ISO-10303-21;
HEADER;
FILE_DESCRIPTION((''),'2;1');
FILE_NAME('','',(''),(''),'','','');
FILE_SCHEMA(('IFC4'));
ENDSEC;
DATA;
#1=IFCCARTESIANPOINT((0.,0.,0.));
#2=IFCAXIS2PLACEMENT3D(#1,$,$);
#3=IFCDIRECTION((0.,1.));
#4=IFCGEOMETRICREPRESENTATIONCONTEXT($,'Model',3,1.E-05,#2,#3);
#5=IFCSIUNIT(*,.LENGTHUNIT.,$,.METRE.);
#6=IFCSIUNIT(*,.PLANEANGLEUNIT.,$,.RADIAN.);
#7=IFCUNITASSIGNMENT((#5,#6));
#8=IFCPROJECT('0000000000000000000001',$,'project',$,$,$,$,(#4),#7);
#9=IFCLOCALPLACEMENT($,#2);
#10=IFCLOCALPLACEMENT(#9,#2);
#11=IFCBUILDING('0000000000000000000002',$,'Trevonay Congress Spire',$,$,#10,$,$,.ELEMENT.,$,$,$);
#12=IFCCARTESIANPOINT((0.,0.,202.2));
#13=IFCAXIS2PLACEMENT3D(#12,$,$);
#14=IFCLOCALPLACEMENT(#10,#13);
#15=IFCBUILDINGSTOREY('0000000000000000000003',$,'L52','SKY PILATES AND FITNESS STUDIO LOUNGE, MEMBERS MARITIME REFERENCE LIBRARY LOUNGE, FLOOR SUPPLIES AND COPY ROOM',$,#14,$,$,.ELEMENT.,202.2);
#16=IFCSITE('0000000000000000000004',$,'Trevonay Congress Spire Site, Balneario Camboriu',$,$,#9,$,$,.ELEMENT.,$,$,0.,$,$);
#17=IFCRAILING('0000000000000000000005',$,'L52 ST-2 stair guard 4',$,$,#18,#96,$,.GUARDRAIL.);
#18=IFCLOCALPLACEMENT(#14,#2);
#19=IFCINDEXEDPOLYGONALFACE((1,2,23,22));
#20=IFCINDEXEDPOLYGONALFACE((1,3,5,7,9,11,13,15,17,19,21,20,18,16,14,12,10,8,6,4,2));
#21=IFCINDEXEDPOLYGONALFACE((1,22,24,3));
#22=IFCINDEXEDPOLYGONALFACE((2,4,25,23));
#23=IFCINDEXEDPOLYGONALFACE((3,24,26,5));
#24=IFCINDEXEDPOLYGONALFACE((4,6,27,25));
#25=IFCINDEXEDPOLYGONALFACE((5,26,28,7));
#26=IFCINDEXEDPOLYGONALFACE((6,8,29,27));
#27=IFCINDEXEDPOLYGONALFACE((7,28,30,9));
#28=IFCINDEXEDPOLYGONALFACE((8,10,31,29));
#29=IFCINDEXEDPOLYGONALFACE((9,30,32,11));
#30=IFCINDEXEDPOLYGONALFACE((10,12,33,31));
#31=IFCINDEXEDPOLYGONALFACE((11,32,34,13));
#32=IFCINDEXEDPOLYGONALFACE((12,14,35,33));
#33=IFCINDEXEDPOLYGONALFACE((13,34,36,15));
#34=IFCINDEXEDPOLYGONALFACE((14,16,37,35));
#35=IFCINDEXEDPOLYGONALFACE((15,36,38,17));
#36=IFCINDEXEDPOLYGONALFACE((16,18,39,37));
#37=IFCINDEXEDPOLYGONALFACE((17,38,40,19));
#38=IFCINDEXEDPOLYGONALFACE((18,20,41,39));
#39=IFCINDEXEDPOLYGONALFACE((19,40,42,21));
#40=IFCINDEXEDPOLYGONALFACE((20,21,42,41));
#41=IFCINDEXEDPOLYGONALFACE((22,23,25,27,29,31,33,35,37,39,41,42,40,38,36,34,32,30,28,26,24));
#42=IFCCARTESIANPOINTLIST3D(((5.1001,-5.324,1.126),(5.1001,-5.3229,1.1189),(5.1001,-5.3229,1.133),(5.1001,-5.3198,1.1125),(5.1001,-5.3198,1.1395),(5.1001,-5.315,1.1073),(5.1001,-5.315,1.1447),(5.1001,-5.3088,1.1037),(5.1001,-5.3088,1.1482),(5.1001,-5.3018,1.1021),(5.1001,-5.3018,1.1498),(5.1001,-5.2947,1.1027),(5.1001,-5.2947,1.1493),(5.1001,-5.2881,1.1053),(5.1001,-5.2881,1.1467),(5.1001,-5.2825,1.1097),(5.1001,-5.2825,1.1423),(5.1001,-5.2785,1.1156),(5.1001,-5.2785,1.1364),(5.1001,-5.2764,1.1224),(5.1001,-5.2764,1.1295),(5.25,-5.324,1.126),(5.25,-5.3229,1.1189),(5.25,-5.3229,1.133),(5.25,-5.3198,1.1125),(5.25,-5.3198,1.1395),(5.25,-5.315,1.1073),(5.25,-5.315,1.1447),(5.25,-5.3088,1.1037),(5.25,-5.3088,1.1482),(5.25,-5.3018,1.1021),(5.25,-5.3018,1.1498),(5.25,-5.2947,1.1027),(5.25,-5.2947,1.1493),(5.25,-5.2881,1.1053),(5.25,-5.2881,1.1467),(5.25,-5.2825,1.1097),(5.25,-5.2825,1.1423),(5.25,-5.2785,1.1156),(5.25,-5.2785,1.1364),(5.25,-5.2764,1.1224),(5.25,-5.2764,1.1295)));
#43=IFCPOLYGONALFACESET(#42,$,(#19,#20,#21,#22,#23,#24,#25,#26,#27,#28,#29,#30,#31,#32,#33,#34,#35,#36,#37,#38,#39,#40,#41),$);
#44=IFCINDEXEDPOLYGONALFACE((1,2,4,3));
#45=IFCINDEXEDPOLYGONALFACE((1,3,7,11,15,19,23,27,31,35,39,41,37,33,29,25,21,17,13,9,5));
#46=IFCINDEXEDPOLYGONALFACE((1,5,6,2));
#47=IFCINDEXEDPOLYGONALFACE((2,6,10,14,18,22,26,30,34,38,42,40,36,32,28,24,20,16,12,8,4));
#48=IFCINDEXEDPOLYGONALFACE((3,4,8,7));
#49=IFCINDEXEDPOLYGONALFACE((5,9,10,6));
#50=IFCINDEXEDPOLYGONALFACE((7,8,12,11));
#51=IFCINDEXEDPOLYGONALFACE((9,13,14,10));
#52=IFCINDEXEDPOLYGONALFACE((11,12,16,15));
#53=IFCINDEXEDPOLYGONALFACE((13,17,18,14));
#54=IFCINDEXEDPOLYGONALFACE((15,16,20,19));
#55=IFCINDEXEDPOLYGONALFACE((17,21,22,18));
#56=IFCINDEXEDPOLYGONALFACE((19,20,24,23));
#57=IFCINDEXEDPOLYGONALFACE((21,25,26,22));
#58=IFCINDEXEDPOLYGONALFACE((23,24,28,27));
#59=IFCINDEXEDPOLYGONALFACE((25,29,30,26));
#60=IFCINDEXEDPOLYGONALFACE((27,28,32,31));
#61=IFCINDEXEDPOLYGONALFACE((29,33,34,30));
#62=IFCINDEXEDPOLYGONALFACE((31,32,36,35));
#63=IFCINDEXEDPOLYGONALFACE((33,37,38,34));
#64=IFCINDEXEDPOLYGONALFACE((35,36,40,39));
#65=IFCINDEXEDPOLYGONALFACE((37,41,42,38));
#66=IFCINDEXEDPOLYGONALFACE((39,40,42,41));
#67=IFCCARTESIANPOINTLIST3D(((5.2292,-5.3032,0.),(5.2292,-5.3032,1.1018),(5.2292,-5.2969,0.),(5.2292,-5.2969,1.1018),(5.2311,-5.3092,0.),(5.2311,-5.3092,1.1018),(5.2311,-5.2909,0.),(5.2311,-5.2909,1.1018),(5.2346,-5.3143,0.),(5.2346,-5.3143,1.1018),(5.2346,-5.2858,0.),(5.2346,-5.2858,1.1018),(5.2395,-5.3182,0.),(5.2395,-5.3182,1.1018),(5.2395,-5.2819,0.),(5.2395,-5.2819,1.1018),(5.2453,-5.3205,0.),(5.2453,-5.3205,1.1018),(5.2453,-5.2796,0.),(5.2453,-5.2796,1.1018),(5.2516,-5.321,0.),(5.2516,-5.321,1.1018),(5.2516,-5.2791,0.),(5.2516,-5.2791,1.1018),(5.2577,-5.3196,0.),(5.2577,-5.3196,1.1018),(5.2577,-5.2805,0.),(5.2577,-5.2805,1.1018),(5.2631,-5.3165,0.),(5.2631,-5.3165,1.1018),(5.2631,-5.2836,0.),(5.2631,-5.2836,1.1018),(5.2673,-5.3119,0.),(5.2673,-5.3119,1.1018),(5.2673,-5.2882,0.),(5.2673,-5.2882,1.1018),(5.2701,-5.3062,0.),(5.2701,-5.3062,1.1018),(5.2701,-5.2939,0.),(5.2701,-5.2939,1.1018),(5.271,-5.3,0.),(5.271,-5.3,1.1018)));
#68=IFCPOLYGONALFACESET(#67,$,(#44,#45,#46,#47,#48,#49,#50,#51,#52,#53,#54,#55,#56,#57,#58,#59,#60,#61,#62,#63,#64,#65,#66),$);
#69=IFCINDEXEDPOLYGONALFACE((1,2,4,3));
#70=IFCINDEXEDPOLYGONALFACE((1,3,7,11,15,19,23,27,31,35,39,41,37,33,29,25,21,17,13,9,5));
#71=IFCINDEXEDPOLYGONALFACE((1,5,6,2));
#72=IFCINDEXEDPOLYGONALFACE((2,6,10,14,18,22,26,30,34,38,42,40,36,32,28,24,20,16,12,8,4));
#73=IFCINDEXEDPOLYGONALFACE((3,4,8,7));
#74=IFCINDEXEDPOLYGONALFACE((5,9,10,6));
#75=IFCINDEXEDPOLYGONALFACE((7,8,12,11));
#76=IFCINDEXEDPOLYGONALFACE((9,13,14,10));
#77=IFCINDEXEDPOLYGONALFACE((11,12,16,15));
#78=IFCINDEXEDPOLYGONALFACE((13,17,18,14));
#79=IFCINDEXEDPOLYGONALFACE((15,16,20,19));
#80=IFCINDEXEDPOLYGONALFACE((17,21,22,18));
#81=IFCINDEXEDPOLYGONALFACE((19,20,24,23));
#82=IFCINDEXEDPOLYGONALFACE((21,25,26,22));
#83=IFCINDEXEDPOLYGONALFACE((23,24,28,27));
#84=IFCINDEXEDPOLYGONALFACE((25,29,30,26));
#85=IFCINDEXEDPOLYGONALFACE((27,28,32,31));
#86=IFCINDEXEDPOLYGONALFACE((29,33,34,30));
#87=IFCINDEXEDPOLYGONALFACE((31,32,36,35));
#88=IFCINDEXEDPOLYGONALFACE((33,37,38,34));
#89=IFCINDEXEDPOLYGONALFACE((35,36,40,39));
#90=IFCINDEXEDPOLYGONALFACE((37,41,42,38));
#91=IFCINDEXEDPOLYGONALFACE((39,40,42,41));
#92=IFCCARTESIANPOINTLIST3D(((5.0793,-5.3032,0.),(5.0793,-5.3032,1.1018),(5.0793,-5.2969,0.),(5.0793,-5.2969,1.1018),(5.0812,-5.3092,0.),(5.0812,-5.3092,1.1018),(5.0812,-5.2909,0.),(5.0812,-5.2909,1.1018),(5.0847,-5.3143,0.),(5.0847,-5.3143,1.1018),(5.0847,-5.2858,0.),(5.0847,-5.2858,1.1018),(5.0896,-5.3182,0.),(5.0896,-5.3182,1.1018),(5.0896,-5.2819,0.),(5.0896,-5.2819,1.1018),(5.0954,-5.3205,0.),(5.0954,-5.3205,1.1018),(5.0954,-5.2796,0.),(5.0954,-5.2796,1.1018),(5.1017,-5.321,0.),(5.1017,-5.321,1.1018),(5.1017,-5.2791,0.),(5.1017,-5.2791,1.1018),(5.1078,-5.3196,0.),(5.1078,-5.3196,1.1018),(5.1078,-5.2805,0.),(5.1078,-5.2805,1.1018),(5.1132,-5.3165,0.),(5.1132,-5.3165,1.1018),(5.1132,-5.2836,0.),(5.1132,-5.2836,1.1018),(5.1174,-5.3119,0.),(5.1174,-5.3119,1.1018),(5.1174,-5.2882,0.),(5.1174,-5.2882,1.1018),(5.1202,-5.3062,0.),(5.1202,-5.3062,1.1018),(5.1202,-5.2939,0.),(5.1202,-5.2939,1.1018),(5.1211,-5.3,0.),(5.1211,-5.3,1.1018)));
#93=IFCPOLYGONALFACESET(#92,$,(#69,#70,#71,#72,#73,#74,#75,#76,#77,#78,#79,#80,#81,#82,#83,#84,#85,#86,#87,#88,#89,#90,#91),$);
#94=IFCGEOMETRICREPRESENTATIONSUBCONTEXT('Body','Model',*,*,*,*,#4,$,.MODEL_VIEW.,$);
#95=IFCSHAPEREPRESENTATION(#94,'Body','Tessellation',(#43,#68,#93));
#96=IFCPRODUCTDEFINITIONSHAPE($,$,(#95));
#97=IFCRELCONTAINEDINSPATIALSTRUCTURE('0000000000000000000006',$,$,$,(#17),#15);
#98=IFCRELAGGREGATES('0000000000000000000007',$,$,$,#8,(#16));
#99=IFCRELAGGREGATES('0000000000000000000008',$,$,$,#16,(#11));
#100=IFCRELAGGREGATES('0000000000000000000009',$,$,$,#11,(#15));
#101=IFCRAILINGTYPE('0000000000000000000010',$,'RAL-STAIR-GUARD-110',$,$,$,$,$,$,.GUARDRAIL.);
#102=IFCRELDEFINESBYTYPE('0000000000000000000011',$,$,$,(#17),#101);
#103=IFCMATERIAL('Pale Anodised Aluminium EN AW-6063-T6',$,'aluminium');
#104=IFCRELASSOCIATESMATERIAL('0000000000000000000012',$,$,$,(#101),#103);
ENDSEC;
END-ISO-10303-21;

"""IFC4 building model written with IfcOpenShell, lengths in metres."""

from ifc_helpers import new_model, si_unit, direction, frame, origin, origin_2d, place, context, subcontext, project, spatial, circle, extrude, material, type_object, element, save


model = new_model("IFC4")

# Units and contexts
model_context = context("Model", 3, precision=1e-05, world=origin(), true_north=direction((0.0, 1.0)))
body_context = subcontext(model_context, "Body", "Model", "MODEL_VIEW")
ifc_project = project(units=[si_unit("LENGTHUNIT", "METRE"), si_unit("PLANEANGLEUNIT", "RADIAN")], contexts=[model_context])

# Site, building, storey
site_placement = place(None, origin())
site = spatial("IfcSite", under=ifc_project, at=site_placement, Name="Trevonay Congress Spire Site, Balneario Camboriu", CompositionType="ELEMENT", RefElevation=0.0)
building_placement = place(site_placement, origin())
building = spatial("IfcBuilding", under=site, at=building_placement, Name="Trevonay Congress Spire", CompositionType="ELEMENT")
storey_placement = place(building_placement, frame((0.0, 0.0, 202.2)))
storey = spatial("IfcBuildingStorey", under=building, at=storey_placement, Name="L52", Description="SKY PILATES AND FITNESS STUDIO LOUNGE, MEMBERS MARITIME REFERENCE LIBRARY LOUNGE, FLOOR SUPPLIES AND COPY ROOM", CompositionType="ELEMENT", Elevation=202.2)

# Shared definitions
ifc_material_1 = material(Name="Pale Anodised Aluminium EN AW-6063-T6", Category="aluminium")

# Railing
railing_type_1 = type_object("IfcRailingType", Name="RAL-STAIR-GUARD-110", PredefinedType="GUARDRAIL", material=ifc_material_1)
railing_1_placement = place(storey_placement, frame((5.25, -5.3, 0.0)))
element("IfcRailing", 1, at=railing_1_placement, inside=storey, type_object=railing_type_1, Name="L52 ST-2 stair guard 4", PredefinedType="GUARDRAIL", context=body_context, shape_type="SweptSolid", body=[
    extrude(circle(Radius=0.0239, at=origin_2d()), frame((0.0, 0.0, 1.126), z_axis=(-1.0, 0.0, 0.0), x_axis=(0.0, -1.0, 0.0)), (0.0, 0.0, 1.0), 0.1499),
    extrude(circle(Radius=0.021, at=origin_2d()), origin(), (0.0, 0.0, 1.0), 1.1018),
    extrude(circle(Radius=0.021, at=origin_2d()), frame((-0.1499, 0.0, 0.0)), (0.0, 0.0, 1.0), 1.1018),
])

save(model, "model.ifc")
